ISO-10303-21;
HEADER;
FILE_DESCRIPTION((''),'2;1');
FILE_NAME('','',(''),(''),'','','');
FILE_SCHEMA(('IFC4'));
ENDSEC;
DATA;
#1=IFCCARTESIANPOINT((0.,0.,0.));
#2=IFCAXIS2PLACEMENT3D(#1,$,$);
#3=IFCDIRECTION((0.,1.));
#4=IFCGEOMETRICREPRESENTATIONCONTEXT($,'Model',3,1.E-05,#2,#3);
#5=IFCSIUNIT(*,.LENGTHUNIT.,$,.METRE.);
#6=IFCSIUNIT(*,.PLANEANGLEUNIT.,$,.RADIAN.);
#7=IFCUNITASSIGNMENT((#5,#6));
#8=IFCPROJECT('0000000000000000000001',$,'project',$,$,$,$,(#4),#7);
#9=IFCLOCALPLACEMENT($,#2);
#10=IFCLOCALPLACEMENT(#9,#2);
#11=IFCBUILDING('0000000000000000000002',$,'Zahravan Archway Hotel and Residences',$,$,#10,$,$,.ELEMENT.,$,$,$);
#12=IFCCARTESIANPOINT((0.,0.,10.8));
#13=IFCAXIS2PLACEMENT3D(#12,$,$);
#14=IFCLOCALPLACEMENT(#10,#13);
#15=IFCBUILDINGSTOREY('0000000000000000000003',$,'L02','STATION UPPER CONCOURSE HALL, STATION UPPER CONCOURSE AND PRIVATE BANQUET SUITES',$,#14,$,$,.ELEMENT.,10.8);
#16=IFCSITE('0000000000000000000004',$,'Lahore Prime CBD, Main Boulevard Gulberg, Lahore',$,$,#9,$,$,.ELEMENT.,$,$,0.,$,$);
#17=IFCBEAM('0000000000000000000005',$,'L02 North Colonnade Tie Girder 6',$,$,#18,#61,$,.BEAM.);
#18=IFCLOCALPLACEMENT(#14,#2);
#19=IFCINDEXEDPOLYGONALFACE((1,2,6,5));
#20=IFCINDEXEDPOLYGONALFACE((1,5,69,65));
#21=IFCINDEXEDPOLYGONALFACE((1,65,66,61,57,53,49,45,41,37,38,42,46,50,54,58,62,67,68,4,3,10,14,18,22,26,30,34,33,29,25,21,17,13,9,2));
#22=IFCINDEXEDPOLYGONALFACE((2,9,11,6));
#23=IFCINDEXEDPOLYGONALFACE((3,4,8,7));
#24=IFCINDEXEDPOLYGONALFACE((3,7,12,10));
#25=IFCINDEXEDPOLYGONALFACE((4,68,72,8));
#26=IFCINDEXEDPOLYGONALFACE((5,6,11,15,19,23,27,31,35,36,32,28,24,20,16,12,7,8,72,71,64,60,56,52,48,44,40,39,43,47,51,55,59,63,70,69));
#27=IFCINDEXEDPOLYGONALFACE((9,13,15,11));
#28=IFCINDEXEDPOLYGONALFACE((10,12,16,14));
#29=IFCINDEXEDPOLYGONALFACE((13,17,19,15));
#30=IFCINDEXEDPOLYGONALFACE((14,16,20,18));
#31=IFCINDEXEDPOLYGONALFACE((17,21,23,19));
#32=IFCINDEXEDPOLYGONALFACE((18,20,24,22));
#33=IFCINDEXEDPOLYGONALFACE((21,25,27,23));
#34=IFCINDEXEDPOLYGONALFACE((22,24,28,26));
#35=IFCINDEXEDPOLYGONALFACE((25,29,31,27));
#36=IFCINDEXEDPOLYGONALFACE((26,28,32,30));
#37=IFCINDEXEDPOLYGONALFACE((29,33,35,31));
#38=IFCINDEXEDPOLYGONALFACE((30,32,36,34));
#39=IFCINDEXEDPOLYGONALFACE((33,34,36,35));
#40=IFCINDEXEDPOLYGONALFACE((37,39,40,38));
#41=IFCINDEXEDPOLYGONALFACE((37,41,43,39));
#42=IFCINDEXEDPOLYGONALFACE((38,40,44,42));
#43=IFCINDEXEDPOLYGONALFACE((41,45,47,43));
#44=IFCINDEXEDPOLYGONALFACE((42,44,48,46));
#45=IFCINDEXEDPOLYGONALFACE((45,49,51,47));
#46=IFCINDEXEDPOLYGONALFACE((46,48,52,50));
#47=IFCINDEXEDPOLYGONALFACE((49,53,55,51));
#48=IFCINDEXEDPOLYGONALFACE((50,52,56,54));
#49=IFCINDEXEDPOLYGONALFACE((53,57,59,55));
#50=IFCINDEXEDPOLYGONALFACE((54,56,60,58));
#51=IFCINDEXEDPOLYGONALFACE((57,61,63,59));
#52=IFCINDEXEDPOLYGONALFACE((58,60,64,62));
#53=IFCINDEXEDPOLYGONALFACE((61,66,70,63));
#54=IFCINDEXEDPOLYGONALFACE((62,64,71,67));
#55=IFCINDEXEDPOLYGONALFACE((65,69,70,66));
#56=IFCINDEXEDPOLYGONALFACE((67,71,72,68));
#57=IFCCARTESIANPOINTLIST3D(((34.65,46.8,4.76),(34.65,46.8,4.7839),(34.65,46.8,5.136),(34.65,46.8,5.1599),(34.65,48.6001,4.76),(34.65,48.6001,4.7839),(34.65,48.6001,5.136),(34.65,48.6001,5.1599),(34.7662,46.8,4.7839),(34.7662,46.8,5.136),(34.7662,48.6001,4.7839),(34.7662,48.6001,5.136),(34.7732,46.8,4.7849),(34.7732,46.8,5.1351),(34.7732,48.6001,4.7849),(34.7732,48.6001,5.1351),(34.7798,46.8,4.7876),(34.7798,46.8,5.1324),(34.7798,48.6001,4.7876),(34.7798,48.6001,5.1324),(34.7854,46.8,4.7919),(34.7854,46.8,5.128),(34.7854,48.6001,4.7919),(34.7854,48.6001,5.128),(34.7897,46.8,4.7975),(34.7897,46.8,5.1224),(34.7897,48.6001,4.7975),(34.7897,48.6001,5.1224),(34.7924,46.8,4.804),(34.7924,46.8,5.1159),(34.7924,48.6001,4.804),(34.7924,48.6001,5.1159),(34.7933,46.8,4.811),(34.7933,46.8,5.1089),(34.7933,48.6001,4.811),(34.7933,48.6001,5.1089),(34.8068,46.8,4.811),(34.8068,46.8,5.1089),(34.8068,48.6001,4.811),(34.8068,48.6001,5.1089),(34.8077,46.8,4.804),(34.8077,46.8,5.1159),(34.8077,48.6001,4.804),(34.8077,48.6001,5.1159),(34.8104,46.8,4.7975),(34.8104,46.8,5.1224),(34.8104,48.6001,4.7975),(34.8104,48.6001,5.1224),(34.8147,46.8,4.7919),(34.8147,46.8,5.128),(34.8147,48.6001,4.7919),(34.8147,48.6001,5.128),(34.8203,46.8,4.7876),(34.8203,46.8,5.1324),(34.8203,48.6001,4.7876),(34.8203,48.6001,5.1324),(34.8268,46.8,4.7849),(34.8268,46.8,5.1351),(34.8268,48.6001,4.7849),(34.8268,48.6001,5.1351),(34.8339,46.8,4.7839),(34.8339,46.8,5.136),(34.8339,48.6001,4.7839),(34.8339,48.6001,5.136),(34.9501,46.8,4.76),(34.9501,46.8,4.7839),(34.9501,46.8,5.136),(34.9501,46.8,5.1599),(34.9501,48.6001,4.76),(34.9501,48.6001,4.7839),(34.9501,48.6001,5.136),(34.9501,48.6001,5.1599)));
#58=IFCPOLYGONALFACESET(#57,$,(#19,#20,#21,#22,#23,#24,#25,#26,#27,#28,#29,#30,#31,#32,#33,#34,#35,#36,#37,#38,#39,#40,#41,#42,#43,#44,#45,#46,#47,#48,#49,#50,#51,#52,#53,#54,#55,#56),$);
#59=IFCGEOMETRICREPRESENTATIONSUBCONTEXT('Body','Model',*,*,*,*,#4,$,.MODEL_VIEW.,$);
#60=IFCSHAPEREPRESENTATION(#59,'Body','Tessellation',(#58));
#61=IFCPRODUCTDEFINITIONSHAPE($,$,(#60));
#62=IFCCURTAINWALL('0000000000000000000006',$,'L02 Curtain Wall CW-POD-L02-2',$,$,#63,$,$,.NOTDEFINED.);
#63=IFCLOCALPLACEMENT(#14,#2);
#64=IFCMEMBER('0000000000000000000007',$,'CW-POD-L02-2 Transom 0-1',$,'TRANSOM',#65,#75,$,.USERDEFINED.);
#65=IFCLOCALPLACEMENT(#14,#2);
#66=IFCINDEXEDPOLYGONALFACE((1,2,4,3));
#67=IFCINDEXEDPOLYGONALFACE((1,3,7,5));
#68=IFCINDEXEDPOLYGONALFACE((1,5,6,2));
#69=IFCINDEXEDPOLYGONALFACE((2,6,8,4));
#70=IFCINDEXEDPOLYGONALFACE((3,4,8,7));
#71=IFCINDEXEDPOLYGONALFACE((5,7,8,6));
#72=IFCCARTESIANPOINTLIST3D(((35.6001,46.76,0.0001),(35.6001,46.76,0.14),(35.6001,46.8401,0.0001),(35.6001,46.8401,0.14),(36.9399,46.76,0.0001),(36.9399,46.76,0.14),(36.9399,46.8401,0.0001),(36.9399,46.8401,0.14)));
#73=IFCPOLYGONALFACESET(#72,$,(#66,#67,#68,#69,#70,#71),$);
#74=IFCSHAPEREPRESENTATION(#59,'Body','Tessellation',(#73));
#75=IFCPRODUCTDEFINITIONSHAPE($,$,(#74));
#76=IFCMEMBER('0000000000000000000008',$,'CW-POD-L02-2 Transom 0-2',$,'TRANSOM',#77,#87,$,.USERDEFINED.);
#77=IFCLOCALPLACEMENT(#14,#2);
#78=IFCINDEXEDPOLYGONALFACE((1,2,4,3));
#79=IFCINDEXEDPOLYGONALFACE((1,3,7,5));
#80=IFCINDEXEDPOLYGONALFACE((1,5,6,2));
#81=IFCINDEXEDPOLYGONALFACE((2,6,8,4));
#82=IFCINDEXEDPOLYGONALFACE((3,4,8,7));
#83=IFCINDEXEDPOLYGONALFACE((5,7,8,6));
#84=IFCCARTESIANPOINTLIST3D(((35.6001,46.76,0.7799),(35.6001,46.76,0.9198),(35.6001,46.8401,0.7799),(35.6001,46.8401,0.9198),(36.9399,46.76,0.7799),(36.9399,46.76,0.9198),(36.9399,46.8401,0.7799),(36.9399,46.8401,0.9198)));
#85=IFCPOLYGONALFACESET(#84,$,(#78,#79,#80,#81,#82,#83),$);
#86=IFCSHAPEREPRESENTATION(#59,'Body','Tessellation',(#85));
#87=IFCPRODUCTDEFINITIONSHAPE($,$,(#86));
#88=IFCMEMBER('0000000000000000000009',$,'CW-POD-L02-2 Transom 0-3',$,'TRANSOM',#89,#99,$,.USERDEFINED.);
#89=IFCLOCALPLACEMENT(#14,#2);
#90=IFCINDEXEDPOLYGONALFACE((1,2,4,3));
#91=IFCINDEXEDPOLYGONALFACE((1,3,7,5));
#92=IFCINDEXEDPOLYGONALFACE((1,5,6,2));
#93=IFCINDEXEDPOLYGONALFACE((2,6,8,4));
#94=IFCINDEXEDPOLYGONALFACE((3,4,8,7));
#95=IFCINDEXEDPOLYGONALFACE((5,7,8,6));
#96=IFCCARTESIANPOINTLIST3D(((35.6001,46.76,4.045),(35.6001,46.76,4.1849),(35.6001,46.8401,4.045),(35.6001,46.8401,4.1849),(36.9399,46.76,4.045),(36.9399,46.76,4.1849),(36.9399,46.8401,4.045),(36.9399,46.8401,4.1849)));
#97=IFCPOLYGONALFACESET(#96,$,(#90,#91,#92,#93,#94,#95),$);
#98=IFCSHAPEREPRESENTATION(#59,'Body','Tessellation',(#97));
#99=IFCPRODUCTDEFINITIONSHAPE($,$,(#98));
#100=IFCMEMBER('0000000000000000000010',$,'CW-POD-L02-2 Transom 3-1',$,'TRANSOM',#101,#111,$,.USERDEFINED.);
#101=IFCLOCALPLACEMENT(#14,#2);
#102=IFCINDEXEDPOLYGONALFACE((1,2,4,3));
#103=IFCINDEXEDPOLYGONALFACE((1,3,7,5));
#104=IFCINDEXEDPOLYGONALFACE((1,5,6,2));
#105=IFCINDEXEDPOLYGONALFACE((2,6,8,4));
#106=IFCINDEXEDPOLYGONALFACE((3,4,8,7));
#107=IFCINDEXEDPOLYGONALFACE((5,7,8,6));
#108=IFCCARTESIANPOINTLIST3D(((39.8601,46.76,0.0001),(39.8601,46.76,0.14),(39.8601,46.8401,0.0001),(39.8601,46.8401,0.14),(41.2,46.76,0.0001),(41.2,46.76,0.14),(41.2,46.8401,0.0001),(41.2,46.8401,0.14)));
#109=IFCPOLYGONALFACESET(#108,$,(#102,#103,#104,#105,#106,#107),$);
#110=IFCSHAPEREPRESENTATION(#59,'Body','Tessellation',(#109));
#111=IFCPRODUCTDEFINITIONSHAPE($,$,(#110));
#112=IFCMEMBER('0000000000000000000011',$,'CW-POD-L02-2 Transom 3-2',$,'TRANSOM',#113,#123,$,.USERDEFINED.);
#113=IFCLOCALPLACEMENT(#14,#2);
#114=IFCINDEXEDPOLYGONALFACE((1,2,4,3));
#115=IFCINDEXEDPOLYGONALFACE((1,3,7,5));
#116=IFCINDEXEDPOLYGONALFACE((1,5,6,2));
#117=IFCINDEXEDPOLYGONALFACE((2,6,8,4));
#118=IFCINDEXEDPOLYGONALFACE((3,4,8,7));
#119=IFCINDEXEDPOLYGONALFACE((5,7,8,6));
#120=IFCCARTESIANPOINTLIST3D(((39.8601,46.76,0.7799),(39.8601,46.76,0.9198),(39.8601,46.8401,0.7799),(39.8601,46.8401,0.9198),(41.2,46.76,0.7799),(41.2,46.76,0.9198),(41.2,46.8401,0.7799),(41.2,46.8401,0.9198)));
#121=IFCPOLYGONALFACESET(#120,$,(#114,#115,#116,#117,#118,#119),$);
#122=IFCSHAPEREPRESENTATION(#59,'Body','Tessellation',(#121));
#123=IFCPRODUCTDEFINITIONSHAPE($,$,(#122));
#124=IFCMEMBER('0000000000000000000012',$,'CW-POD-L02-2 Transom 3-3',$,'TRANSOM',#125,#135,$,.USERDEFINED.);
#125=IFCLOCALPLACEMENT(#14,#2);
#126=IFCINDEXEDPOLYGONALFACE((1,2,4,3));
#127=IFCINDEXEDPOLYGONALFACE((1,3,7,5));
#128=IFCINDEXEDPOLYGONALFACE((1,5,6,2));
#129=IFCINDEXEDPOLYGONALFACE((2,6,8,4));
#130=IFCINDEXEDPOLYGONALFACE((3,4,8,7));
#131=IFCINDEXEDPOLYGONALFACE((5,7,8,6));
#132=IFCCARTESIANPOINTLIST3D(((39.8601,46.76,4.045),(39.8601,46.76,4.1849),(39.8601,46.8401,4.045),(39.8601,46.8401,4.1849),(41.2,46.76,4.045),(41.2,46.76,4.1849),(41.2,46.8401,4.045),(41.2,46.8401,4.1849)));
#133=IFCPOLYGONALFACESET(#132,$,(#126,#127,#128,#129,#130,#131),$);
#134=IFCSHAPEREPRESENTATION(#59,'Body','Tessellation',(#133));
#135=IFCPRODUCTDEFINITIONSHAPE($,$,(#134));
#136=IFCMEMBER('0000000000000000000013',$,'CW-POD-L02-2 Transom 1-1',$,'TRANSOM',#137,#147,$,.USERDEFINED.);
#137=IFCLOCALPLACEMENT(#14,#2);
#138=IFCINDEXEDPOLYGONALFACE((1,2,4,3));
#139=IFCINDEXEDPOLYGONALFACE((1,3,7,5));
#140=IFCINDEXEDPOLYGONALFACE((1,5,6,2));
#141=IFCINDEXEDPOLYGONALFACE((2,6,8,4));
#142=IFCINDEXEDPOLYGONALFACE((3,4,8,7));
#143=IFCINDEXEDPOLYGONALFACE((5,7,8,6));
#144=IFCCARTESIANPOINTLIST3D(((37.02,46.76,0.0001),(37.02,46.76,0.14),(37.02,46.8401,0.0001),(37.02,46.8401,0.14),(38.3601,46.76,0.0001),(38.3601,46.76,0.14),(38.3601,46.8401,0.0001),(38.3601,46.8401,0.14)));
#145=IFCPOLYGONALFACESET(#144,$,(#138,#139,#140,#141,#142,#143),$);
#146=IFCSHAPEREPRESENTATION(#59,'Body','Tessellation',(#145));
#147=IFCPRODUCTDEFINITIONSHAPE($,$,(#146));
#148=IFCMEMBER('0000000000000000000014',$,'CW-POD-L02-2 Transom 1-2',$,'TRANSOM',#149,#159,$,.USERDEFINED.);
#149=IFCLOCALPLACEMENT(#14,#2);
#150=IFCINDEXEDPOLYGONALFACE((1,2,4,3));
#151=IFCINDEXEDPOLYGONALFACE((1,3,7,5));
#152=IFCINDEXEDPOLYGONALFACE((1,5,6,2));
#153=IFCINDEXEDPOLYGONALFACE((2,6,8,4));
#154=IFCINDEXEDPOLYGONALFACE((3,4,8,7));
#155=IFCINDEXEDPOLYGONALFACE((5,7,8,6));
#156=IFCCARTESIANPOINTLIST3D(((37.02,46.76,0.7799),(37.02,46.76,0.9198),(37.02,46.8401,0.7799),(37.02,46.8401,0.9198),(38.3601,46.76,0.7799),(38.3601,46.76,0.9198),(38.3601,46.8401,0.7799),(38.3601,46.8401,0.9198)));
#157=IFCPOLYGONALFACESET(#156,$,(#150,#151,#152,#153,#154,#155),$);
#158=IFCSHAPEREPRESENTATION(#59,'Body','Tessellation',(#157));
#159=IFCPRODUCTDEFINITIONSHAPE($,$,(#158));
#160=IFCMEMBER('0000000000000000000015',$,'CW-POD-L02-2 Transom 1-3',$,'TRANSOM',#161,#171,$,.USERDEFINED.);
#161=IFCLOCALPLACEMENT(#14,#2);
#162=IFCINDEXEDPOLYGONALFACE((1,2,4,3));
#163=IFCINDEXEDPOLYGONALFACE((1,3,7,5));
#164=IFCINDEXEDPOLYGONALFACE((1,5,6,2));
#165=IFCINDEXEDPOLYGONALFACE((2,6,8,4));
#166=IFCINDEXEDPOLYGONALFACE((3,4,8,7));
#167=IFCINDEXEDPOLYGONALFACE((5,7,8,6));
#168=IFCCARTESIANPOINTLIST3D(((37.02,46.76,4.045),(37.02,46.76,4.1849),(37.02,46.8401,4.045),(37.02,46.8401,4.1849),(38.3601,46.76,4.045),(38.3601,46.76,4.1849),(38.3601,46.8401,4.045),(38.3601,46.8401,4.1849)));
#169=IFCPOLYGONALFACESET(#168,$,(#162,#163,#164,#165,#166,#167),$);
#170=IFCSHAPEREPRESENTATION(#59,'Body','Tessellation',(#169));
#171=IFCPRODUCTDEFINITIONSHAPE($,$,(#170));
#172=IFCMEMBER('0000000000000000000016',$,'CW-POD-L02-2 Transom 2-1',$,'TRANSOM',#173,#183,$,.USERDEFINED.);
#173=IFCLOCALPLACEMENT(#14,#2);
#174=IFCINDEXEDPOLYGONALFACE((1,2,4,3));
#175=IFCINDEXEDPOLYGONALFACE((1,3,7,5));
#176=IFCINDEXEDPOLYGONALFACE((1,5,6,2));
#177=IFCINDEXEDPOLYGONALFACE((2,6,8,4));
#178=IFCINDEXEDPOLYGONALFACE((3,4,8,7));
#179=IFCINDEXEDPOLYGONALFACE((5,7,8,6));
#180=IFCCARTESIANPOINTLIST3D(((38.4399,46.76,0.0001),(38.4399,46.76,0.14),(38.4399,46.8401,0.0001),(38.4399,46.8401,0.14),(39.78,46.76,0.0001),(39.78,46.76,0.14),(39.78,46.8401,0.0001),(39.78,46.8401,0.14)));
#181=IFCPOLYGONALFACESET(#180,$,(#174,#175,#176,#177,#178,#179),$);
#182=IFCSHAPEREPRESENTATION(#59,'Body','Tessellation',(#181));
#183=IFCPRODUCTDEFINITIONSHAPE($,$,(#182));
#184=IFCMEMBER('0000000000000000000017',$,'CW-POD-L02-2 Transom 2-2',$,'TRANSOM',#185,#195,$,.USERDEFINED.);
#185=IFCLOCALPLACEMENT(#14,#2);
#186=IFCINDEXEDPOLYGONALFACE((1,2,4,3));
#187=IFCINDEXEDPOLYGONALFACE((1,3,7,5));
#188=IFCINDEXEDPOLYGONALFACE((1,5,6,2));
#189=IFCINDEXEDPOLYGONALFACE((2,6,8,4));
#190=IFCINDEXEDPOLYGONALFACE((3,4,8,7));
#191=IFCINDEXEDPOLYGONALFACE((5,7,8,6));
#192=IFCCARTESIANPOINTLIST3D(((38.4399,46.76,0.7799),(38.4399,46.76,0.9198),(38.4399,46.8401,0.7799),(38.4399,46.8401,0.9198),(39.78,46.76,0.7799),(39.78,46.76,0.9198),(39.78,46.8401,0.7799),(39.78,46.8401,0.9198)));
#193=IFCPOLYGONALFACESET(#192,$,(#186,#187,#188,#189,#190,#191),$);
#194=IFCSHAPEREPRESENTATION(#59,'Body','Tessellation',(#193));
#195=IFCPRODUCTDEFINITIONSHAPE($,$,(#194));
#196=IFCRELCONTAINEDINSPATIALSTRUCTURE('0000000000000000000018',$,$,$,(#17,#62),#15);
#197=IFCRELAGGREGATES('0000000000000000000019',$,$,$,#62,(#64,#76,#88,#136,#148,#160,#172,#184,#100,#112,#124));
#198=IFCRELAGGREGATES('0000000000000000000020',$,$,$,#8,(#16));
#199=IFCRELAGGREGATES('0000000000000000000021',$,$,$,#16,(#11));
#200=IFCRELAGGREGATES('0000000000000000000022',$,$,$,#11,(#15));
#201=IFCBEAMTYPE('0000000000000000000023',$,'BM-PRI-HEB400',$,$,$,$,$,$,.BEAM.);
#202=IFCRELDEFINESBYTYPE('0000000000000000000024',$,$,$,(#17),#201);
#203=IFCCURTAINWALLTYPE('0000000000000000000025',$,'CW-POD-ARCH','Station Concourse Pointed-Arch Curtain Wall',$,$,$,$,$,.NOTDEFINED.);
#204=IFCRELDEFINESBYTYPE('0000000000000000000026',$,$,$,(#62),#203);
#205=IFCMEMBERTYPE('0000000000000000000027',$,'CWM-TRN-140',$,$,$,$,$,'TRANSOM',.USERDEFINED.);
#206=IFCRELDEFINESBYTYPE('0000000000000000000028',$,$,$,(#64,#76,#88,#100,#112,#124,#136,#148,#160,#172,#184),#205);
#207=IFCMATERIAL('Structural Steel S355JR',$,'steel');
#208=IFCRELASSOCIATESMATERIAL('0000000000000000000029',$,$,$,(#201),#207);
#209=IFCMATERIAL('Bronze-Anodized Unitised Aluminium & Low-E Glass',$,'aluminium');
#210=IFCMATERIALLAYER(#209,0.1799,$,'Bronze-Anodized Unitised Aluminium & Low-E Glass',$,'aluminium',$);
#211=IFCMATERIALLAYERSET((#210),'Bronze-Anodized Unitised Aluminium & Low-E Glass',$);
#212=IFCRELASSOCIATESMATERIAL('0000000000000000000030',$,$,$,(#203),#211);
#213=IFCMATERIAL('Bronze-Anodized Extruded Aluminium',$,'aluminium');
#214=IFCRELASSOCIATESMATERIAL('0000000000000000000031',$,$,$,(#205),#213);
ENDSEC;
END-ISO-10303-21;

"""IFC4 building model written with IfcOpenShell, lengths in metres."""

from ifc_helpers import new_model, si_unit, direction, frame, origin, origin_2d, place, context, subcontext, project, spatial, rectangle, i_section, extrude, source, transform, mapped, material, layer, layer_set, material_profile, profile_set, type_object, element, aggregate, save


model = new_model("IFC4")

# Units and contexts
model_context = context("Model", 3, precision=1e-05, world=origin(), true_north=direction((0.0, 1.0)))
body_context = subcontext(model_context, "Body", "Model", "MODEL_VIEW")
ifc_project = project(units=[si_unit("LENGTHUNIT", "METRE"), si_unit("PLANEANGLEUNIT", "RADIAN")], contexts=[model_context])

# Site, building, storey
site_placement = place(None, origin())
site = spatial("IfcSite", under=ifc_project, at=site_placement, Name="Lahore Prime CBD, Main Boulevard Gulberg, Lahore", CompositionType="ELEMENT", RefElevation=0.0)
building_placement = place(site_placement, origin())
building = spatial("IfcBuilding", under=site, at=building_placement, Name="Zahravan Archway Hotel and Residences", CompositionType="ELEMENT")
storey_placement = place(building_placement, frame((0.0, 0.0, 10.8)))
storey = spatial("IfcBuildingStorey", under=building, at=storey_placement, Name="L02", Description="STATION UPPER CONCOURSE HALL, STATION UPPER CONCOURSE AND PRIVATE BANQUET SUITES", CompositionType="ELEMENT", Elevation=10.8)

# Beam
ifc_material_1 = material(Name="Structural Steel S355JR", Category="steel")
ifc_material_profile_1 = material_profile(ifc_material_1, i_section(OverallWidth=0.3, OverallDepth=0.3999, WebThickness=0.0134, FlangeThickness=0.0239, FilletRadius=0.0271, at=origin_2d()), Name="HEB 400", Category="steel")
ifc_profile_set_1 = profile_set([ifc_material_profile_1], Name="Structural Steel S355JR")
beam_type_1 = type_object("IfcBeamType", Name="BM-PRI-HEB400", PredefinedType="BEAM", material=ifc_profile_set_1)
shared_shape_1 = source(origin(), body_context, "Body", "SweptSolid", [
    extrude(i_section(OverallWidth=0.3, OverallDepth=0.3999, WebThickness=0.0134, FlangeThickness=0.0239, FilletRadius=0.0271, at=origin_2d()), origin(), (0.0, 0.0, 1.0), 1.8),
])
beam_1_placement = place(storey_placement, frame((34.8, 46.8, 4.96), z_axis=(0.0, 1.0, 0.0), x_axis=(-1.0, 0.0, 0.0)))
element("IfcBeam", 1, at=beam_1_placement, inside=storey, type_object=beam_type_1, Name="L02 North Colonnade Tie Girder 6", PredefinedType="BEAM", context=body_context, shape_type="MappedRepresentation", body=[
    mapped(shared_shape_1, transform((0.0, 0.0, 0.0), scale=1.0)),
])

# Curtain wall, members
ifc_material_2 = material(Name="Bronze-Anodized Unitised Aluminium & Low-E Glass", Category="aluminium")
ifc_layer_1 = layer(ifc_material_2, 0.1799, Name="Bronze-Anodized Unitised Aluminium & Low-E Glass", Category="aluminium")
ifc_layer_set_1 = layer_set([ifc_layer_1], Name="Bronze-Anodized Unitised Aluminium & Low-E Glass")
curtain_wall_type = type_object("IfcCurtainWallType", Name="CW-POD-ARCH", Description="Station Concourse Pointed-Arch Curtain Wall", PredefinedType="NOTDEFINED", material=ifc_layer_set_1)
curtain_wall_placement = place(storey_placement, origin())
curtain_wall = element("IfcCurtainWall", 2, at=curtain_wall_placement, inside=storey, type_object=curtain_wall_type, Name="L02 Curtain Wall CW-POD-L02-2", PredefinedType="NOTDEFINED")
ifc_material_3 = material(Name="Bronze-Anodized Extruded Aluminium", Category="aluminium")
ifc_material_profile_2 = material_profile(ifc_material_3, rectangle(XDim=0.0801, YDim=0.1399, at=origin_2d()), Name="TRN 80x140", Category="aluminium")
ifc_profile_set_2 = profile_set([ifc_material_profile_2], Name="Bronze-Anodized Extruded Aluminium")
member_type_1 = type_object("IfcMemberType", Name="CWM-TRN-140", ElementType="TRANSOM", PredefinedType="USERDEFINED", material=ifc_profile_set_2)
shared_shape_2 = source(origin(), body_context, "Body", "SweptSolid", [
    extrude(rectangle(XDim=0.0801, YDim=0.1399, at=origin_2d()), origin(), (0.0, 0.0, 1.0), 1.3398),
])
member_1_placement = place(storey_placement, frame((35.6001, 46.8, 0.0701), z_axis=(1.0, 0.0, 0.0), x_axis=(0.0, 1.0, 0.0)))
member_1 = element("IfcMember", 3, at=member_1_placement, type_object=member_type_1, Name="CW-POD-L02-2 Transom 0-1", ObjectType="TRANSOM", PredefinedType="USERDEFINED", context=body_context, shape_type="MappedRepresentation", body=[
    mapped(shared_shape_2, transform((0.0, 0.0, 0.0), scale=1.0)),
])
member_2_placement = place(storey_placement, frame((35.6001, 46.8, 0.8499), z_axis=(1.0, 0.0, 0.0), x_axis=(0.0, 1.0, 0.0)))
member_2 = element("IfcMember", 4, at=member_2_placement, type_object=member_type_1, Name="CW-POD-L02-2 Transom 0-2", ObjectType="TRANSOM", PredefinedType="USERDEFINED", context=body_context, shape_type="MappedRepresentation", body=[
    mapped(shared_shape_2, transform((0.0, 0.0, 0.0), scale=1.0)),
])
member_3_placement = place(storey_placement, frame((35.6001, 46.8, 4.115), z_axis=(1.0, 0.0, 0.0), x_axis=(0.0, 1.0, 0.0)))
member_3 = element("IfcMember", 5, at=member_3_placement, type_object=member_type_1, Name="CW-POD-L02-2 Transom 0-3", ObjectType="TRANSOM", PredefinedType="USERDEFINED", context=body_context, shape_type="MappedRepresentation", body=[
    mapped(shared_shape_2, transform((0.0, 0.0, 0.0), scale=1.0)),
])
member_4_placement = place(storey_placement, frame((39.8601, 46.8, 0.0701), z_axis=(1.0, 0.0, 0.0), x_axis=(0.0, 1.0, 0.0)))
member_4 = element("IfcMember", 6, at=member_4_placement, type_object=member_type_1, Name="CW-POD-L02-2 Transom 3-1", ObjectType="TRANSOM", PredefinedType="USERDEFINED", context=body_context, shape_type="MappedRepresentation", body=[
    mapped(shared_shape_2, transform((0.0, 0.0, 0.0), scale=1.0)),
])
member_5_placement = place(storey_placement, frame((39.8601, 46.8, 0.8499), z_axis=(1.0, 0.0, 0.0), x_axis=(0.0, 1.0, 0.0)))
member_5 = element("IfcMember", 7, at=member_5_placement, type_object=member_type_1, Name="CW-POD-L02-2 Transom 3-2", ObjectType="TRANSOM", PredefinedType="USERDEFINED", context=body_context, shape_type="MappedRepresentation", body=[
    mapped(shared_shape_2, transform((0.0, 0.0, 0.0), scale=1.0)),
])
member_6_placement = place(storey_placement, frame((39.8601, 46.8, 4.115), z_axis=(1.0, 0.0, 0.0), x_axis=(0.0, 1.0, 0.0)))
member_6 = element("IfcMember", 8, at=member_6_placement, type_object=member_type_1, Name="CW-POD-L02-2 Transom 3-3", ObjectType="TRANSOM", PredefinedType="USERDEFINED", context=body_context, shape_type="MappedRepresentation", body=[
    mapped(shared_shape_2, transform((0.0, 0.0, 0.0), scale=1.0)),
])
shared_shape_3 = source(origin(), body_context, "Body", "SweptSolid", [
    extrude(rectangle(XDim=0.0801, YDim=0.1399, at=origin_2d()), origin(), (0.0, 0.0, 1.0), 1.3401),
])
member_7_placement = place(storey_placement, frame((37.02, 46.8, 0.0701), z_axis=(1.0, 0.0, 0.0), x_axis=(0.0, 1.0, 0.0)))
member_7 = element("IfcMember", 9, at=member_7_placement, type_object=member_type_1, Name="CW-POD-L02-2 Transom 1-1", ObjectType="TRANSOM", PredefinedType="USERDEFINED", context=body_context, shape_type="MappedRepresentation", body=[
    mapped(shared_shape_3, transform((0.0, 0.0, 0.0), scale=1.0)),
])
member_8_placement = place(storey_placement, frame((37.02, 46.8, 0.8499), z_axis=(1.0, 0.0, 0.0), x_axis=(0.0, 1.0, 0.0)))
member_8 = element("IfcMember", 10, at=member_8_placement, type_object=member_type_1, Name="CW-POD-L02-2 Transom 1-2", ObjectType="TRANSOM", PredefinedType="USERDEFINED", context=body_context, shape_type="MappedRepresentation", body=[
    mapped(shared_shape_3, transform((0.0, 0.0, 0.0), scale=1.0)),
])
member_9_placement = place(storey_placement, frame((37.02, 46.8, 4.115), z_axis=(1.0, 0.0, 0.0), x_axis=(0.0, 1.0, 0.0)))
member_9 = element("IfcMember", 11, at=member_9_placement, type_object=member_type_1, Name="CW-POD-L02-2 Transom 1-3", ObjectType="TRANSOM", PredefinedType="USERDEFINED", context=body_context, shape_type="MappedRepresentation", body=[
    mapped(shared_shape_3, transform((0.0, 0.0, 0.0), scale=1.0)),
])
member_10_placement = place(storey_placement, frame((38.4399, 46.8, 0.0701), z_axis=(1.0, 0.0, 0.0), x_axis=(0.0, 1.0, 0.0)))
member_10 = element("IfcMember", 12, at=member_10_placement, type_object=member_type_1, Name="CW-POD-L02-2 Transom 2-1", ObjectType="TRANSOM", PredefinedType="USERDEFINED", context=body_context, shape_type="MappedRepresentation", body=[
    mapped(shared_shape_3, transform((0.0, 0.0, 0.0), scale=1.0)),
])
member_11_placement = place(storey_placement, frame((38.4399, 46.8, 0.8499), z_axis=(1.0, 0.0, 0.0), x_axis=(0.0, 1.0, 0.0)))
member_11 = element("IfcMember", 13, at=member_11_placement, type_object=member_type_1, Name="CW-POD-L02-2 Transom 2-2", ObjectType="TRANSOM", PredefinedType="USERDEFINED", context=body_context, shape_type="MappedRepresentation", body=[
    mapped(shared_shape_3, transform((0.0, 0.0, 0.0), scale=1.0)),
])
aggregate(curtain_wall, [member_1, member_2, member_3, member_7, member_8, member_9, member_10, member_11, member_4, member_5, member_6])

save(model, "model.ifc")
